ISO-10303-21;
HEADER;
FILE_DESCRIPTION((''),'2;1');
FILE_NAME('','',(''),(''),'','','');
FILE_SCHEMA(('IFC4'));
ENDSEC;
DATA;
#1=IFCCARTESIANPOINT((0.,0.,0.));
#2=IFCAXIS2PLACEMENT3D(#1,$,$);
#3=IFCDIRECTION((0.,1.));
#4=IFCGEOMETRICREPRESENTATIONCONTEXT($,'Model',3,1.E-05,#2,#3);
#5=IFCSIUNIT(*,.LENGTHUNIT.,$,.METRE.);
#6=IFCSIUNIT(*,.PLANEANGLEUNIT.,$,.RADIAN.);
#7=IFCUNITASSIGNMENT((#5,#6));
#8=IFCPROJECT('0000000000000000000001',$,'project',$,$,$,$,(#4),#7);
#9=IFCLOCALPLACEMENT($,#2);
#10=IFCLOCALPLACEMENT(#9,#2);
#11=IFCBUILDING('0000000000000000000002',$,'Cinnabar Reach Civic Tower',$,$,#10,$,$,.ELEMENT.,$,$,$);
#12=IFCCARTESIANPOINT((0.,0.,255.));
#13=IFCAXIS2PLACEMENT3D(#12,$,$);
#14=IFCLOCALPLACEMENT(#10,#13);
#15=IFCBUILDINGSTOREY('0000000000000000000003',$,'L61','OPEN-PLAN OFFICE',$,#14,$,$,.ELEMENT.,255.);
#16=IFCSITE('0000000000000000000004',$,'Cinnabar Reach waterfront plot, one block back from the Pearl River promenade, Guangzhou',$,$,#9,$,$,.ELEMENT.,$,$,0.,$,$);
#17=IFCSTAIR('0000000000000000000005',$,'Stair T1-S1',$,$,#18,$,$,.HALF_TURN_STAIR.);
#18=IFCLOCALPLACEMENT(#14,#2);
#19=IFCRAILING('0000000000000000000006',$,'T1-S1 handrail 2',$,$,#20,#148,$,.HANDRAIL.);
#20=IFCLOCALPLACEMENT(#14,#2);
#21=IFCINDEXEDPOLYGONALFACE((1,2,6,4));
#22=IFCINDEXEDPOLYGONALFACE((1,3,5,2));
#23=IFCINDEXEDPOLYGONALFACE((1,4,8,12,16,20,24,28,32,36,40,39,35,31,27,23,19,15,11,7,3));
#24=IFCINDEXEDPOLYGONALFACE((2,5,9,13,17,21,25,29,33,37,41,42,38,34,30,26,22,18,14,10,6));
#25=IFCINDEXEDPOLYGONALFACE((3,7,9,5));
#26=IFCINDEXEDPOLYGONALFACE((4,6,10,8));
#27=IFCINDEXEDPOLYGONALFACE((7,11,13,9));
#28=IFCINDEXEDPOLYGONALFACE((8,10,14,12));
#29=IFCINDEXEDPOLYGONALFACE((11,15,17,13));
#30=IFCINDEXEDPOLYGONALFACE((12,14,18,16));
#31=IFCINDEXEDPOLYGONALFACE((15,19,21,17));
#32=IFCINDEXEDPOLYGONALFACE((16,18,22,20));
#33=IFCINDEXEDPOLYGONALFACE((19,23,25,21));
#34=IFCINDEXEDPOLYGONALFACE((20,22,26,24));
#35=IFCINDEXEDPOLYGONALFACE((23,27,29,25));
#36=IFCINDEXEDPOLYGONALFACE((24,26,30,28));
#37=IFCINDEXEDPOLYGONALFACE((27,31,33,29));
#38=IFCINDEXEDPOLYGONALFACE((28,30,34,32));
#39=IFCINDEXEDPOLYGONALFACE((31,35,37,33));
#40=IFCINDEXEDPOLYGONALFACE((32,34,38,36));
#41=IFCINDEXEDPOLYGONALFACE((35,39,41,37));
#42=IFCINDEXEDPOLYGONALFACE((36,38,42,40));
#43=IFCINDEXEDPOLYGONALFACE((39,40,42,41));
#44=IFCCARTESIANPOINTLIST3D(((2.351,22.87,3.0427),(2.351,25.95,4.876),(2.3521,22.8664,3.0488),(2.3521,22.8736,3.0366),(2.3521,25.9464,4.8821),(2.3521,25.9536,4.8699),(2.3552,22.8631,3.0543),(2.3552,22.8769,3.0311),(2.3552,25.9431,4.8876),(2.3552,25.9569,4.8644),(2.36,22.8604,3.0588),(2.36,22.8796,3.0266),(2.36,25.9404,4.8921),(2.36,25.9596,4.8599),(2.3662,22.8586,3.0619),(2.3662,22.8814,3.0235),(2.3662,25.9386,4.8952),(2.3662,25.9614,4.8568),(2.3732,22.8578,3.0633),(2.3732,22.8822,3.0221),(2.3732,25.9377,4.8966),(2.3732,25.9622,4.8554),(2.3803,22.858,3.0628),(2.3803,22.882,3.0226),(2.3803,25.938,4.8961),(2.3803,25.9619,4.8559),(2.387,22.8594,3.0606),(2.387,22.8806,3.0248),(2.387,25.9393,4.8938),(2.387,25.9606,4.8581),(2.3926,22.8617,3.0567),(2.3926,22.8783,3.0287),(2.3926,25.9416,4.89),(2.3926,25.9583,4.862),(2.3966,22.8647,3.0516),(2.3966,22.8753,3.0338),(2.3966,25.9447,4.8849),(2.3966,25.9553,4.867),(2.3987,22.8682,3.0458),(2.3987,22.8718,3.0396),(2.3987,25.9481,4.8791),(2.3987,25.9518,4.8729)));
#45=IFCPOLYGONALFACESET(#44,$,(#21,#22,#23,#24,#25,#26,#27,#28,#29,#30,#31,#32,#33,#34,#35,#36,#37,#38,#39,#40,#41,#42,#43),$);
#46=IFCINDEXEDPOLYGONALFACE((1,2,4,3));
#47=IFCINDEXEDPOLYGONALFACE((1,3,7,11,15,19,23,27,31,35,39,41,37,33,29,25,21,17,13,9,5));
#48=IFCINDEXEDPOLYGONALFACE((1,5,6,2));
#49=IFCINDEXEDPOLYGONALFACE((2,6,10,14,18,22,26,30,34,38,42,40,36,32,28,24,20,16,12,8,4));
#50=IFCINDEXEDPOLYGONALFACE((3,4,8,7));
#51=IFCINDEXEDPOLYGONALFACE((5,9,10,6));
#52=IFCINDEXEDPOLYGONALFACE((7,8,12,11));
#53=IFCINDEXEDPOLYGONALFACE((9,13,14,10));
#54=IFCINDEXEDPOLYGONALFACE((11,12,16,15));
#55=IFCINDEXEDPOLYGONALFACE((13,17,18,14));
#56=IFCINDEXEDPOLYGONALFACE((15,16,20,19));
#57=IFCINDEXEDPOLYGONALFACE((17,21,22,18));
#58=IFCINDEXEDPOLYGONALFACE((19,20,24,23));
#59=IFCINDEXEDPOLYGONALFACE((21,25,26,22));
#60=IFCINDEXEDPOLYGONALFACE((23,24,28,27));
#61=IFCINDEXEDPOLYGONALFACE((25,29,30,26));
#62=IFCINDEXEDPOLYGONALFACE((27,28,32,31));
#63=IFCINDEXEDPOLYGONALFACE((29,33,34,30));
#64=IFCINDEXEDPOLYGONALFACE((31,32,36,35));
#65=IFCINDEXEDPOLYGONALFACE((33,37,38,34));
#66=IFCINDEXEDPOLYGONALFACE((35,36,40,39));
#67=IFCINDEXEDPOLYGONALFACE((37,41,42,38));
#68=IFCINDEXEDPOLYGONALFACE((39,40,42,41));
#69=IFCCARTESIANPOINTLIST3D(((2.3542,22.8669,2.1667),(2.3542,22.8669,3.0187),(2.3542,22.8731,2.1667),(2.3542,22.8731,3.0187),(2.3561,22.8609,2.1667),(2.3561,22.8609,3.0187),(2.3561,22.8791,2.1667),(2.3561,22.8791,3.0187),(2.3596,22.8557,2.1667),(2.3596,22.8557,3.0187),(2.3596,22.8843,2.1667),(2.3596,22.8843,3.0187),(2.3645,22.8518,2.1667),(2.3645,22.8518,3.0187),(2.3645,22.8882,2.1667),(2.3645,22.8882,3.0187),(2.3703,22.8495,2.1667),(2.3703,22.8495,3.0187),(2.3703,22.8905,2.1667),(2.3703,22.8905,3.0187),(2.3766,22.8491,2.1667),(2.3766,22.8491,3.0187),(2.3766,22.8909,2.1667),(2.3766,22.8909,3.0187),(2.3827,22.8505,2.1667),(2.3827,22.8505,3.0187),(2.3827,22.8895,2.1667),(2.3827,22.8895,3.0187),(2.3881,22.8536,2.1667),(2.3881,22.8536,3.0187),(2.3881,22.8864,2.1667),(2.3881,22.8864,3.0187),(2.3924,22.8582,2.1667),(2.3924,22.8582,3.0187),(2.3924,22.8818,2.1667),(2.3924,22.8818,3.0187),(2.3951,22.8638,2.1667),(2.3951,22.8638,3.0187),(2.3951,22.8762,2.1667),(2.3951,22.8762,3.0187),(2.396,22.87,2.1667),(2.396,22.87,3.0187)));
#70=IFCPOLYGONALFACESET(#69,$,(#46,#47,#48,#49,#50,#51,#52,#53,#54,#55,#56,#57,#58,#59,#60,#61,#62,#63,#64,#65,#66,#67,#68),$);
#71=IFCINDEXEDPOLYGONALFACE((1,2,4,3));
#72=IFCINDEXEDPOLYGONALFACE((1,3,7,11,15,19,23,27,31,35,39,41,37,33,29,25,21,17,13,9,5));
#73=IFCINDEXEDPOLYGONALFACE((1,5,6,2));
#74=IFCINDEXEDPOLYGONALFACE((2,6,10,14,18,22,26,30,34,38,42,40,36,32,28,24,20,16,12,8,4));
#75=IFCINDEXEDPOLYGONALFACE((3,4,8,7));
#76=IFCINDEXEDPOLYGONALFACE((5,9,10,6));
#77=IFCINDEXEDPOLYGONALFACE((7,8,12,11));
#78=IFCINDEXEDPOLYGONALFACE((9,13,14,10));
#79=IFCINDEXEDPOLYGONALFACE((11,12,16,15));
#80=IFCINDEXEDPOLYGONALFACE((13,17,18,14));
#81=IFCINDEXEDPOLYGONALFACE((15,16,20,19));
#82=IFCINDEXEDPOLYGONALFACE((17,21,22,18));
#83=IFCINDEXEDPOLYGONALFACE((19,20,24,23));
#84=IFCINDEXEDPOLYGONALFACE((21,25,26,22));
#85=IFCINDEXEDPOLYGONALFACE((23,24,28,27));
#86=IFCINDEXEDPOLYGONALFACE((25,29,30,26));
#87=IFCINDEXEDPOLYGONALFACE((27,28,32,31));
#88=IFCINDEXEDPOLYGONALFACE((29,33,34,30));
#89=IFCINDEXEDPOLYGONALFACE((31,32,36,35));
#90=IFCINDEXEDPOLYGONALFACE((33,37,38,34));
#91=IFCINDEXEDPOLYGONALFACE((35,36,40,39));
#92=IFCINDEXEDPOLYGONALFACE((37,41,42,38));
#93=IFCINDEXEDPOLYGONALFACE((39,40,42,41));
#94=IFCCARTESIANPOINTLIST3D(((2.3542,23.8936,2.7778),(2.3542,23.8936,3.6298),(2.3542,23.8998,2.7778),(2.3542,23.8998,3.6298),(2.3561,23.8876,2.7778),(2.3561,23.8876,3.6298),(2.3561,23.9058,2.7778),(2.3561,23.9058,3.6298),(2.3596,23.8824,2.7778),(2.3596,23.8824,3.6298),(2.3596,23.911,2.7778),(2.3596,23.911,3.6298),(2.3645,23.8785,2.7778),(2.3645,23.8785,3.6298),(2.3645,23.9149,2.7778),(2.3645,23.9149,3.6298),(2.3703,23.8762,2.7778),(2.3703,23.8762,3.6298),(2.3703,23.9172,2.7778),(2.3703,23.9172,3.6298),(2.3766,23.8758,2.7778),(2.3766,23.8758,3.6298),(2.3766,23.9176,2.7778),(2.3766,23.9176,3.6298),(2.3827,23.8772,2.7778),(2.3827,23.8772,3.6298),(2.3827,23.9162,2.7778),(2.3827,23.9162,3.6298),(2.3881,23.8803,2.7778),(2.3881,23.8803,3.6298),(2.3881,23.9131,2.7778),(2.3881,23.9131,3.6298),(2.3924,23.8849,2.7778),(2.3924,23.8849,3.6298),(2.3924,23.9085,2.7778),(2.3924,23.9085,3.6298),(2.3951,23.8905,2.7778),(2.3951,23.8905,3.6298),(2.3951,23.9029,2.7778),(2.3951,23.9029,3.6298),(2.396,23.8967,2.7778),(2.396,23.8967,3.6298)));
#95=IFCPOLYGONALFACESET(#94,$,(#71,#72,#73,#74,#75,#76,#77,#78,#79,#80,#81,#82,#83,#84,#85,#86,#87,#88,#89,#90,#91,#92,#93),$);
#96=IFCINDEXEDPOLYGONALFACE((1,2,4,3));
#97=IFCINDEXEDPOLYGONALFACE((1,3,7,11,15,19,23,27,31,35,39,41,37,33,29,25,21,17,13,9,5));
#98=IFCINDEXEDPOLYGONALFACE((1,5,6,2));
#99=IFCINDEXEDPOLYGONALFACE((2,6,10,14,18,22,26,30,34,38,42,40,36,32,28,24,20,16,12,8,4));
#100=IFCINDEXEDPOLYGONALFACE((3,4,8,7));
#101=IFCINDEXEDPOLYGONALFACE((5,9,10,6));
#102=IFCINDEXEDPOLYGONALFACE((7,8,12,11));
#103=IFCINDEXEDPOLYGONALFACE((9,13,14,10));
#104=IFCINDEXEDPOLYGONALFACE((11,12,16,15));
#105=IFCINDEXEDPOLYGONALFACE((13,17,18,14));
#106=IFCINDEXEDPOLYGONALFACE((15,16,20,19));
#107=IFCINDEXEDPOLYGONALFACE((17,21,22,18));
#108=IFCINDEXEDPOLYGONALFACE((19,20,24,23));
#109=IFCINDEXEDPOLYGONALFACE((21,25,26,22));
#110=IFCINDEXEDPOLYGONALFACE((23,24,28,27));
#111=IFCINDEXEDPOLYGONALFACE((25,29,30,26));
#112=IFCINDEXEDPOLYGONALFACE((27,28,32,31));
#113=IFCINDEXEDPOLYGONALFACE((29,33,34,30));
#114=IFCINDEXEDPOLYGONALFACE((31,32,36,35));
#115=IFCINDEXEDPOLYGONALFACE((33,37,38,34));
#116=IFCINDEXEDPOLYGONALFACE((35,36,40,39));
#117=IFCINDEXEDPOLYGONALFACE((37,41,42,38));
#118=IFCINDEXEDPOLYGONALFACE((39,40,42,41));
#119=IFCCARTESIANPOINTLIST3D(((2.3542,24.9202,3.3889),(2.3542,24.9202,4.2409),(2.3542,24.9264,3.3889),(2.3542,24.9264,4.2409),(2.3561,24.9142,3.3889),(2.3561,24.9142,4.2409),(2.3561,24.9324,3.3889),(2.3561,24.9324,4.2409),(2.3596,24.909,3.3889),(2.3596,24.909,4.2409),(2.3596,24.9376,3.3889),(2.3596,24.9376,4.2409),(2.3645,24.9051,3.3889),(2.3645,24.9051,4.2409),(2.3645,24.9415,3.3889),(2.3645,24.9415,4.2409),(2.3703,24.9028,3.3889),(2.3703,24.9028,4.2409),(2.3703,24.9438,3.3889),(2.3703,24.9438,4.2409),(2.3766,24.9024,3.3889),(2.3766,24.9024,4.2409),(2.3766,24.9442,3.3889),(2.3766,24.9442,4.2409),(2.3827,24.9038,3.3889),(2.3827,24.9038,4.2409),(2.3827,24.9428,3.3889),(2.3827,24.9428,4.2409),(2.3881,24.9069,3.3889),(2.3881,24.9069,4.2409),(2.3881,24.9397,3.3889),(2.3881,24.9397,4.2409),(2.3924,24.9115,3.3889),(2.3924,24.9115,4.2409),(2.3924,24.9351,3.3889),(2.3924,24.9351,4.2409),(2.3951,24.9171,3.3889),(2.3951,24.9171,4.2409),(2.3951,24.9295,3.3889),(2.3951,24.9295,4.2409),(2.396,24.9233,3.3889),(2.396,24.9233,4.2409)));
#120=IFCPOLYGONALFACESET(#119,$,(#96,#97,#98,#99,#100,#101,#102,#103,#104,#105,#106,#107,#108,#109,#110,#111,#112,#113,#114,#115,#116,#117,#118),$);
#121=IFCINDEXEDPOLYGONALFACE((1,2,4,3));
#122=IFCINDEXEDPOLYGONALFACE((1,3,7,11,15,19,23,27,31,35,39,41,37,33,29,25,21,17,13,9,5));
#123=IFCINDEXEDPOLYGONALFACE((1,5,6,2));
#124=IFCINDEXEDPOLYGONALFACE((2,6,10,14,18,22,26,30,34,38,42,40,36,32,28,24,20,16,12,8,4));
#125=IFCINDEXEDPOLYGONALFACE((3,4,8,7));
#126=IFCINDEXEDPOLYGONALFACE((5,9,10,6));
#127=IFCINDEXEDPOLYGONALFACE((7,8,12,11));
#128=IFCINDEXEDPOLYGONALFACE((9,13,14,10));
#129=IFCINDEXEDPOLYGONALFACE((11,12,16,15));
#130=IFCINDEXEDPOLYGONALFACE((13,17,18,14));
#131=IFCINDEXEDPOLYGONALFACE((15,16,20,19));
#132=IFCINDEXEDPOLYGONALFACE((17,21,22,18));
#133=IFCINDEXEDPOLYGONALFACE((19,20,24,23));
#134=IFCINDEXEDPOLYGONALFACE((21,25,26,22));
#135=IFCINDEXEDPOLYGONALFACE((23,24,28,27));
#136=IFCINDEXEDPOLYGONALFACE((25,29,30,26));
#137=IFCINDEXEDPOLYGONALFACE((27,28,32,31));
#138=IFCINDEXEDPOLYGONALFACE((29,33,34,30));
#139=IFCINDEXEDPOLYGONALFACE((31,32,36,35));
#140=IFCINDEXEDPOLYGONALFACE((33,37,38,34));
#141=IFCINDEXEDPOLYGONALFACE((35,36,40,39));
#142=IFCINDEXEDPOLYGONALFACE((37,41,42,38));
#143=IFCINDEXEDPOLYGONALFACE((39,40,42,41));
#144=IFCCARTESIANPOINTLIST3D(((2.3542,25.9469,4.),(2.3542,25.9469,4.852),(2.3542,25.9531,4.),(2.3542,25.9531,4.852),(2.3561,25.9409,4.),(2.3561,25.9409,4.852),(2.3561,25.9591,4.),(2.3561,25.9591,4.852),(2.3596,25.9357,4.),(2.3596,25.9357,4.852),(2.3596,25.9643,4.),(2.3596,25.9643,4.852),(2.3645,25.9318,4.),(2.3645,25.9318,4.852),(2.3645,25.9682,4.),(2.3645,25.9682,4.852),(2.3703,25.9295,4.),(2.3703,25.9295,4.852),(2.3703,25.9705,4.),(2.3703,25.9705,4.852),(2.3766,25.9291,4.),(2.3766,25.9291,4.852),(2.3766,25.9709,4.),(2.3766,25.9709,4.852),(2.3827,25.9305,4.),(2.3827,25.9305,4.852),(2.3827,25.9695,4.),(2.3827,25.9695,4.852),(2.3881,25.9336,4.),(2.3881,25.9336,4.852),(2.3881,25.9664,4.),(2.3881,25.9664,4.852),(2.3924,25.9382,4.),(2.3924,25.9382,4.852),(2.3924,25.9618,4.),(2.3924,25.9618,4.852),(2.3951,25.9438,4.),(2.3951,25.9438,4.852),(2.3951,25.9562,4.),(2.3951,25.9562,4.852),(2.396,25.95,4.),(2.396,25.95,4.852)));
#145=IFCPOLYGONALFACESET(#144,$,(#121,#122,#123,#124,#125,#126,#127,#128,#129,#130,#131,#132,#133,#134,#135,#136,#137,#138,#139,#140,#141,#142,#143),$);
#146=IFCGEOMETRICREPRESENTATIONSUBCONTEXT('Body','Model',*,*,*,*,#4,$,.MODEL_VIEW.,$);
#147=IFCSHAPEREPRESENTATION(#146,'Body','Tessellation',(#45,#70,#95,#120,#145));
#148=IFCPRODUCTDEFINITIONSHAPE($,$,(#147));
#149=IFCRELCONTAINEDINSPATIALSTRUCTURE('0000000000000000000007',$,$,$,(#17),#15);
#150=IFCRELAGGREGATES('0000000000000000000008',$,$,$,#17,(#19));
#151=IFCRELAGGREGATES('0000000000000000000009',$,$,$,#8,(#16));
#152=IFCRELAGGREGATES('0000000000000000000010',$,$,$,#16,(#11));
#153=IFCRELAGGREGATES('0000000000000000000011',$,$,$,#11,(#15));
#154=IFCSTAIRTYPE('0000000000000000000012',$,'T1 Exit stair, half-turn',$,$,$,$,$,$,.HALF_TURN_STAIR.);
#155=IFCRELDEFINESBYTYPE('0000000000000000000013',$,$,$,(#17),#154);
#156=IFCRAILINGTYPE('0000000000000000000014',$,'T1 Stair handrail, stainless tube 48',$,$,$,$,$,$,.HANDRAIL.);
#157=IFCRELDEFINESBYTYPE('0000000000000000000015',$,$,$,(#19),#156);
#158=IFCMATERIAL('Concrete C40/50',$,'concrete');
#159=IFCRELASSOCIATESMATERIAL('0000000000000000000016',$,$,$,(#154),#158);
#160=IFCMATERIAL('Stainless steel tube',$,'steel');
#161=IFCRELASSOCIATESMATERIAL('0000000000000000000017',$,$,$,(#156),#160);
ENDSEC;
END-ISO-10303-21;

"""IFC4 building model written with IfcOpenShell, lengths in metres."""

from ifc_helpers import new_model, si_unit, direction, frame, origin, origin_2d, place, context, subcontext, project, spatial, circle, extrude, material, type_object, element, aggregate, save


model = new_model("IFC4")

# Units and contexts
model_context = context("Model", 3, precision=1e-05, world=origin(), true_north=direction((0.0, 1.0)))
body_context = subcontext(model_context, "Body", "Model", "MODEL_VIEW")
ifc_project = project(units=[si_unit("LENGTHUNIT", "METRE"), si_unit("PLANEANGLEUNIT", "RADIAN")], contexts=[model_context])

# Site, building, storey
site_placement = place(None, origin())
site = spatial("IfcSite", under=ifc_project, at=site_placement, Name="Cinnabar Reach waterfront plot, one block back from the Pearl River promenade, Guangzhou", CompositionType="ELEMENT", RefElevation=0.0)
building_placement = place(site_placement, origin())
building = spatial("IfcBuilding", under=site, at=building_placement, Name="Cinnabar Reach Civic Tower", CompositionType="ELEMENT")
storey_placement = place(building_placement, frame((0.0, 0.0, 255.0)))
storey = spatial("IfcBuildingStorey", under=building, at=storey_placement, Name="L61", Description="OPEN-PLAN OFFICE", CompositionType="ELEMENT", Elevation=255.0)

# Shared definitions
ifc_material_1 = material(Name="Concrete C40/50", Category="concrete")

# Stair, railing
stair_type = type_object("IfcStairType", Name="T1 Exit stair, half-turn", PredefinedType="HALF_TURN_STAIR", material=ifc_material_1)
stair_placement = place(storey_placement, origin())
stair = element("IfcStair", 1, at=stair_placement, inside=storey, type_object=stair_type, Name="Stair T1-S1", PredefinedType="HALF_TURN_STAIR")
ifc_material_2 = material(Name="Stainless steel tube", Category="steel")
railing_type = type_object("IfcRailingType", Name="T1 Stair handrail, stainless tube 48", PredefinedType="HANDRAIL", material=ifc_material_2)
railing_1_placement = place(storey_placement, frame((2.375, 22.87, 2.1667)))
railing_1 = element("IfcRailing", 2, at=railing_1_placement, type_object=railing_type, Name="T1-S1 handrail 2", PredefinedType="HANDRAIL", context=body_context, shape_type="SweptSolid", body=[
    extrude(circle(Radius=0.024, at=origin_2d()), frame((0.0, 0.0, 0.876), z_axis=(0.0, 0.859297, 0.511477), x_axis=(-1.0, 0.0, 0.0)), (0.0, 0.0, 1.0), 3.5843),
    extrude(circle(Radius=0.021, at=origin_2d()), origin(), (0.0, 0.0, 1.0), 0.852),
    extrude(circle(Radius=0.021, at=origin_2d()), frame((0.0, 1.0267, 0.6111)), (0.0, 0.0, 1.0), 0.852),
    extrude(circle(Radius=0.021, at=origin_2d()), frame((0.0, 2.0533, 1.2222)), (0.0, 0.0, 1.0), 0.852),
    extrude(circle(Radius=0.021, at=origin_2d()), frame((0.0, 3.08, 1.8333)), (0.0, 0.0, 1.0), 0.852),
])
aggregate(stair, [railing_1])

save(model, "model.ifc")
